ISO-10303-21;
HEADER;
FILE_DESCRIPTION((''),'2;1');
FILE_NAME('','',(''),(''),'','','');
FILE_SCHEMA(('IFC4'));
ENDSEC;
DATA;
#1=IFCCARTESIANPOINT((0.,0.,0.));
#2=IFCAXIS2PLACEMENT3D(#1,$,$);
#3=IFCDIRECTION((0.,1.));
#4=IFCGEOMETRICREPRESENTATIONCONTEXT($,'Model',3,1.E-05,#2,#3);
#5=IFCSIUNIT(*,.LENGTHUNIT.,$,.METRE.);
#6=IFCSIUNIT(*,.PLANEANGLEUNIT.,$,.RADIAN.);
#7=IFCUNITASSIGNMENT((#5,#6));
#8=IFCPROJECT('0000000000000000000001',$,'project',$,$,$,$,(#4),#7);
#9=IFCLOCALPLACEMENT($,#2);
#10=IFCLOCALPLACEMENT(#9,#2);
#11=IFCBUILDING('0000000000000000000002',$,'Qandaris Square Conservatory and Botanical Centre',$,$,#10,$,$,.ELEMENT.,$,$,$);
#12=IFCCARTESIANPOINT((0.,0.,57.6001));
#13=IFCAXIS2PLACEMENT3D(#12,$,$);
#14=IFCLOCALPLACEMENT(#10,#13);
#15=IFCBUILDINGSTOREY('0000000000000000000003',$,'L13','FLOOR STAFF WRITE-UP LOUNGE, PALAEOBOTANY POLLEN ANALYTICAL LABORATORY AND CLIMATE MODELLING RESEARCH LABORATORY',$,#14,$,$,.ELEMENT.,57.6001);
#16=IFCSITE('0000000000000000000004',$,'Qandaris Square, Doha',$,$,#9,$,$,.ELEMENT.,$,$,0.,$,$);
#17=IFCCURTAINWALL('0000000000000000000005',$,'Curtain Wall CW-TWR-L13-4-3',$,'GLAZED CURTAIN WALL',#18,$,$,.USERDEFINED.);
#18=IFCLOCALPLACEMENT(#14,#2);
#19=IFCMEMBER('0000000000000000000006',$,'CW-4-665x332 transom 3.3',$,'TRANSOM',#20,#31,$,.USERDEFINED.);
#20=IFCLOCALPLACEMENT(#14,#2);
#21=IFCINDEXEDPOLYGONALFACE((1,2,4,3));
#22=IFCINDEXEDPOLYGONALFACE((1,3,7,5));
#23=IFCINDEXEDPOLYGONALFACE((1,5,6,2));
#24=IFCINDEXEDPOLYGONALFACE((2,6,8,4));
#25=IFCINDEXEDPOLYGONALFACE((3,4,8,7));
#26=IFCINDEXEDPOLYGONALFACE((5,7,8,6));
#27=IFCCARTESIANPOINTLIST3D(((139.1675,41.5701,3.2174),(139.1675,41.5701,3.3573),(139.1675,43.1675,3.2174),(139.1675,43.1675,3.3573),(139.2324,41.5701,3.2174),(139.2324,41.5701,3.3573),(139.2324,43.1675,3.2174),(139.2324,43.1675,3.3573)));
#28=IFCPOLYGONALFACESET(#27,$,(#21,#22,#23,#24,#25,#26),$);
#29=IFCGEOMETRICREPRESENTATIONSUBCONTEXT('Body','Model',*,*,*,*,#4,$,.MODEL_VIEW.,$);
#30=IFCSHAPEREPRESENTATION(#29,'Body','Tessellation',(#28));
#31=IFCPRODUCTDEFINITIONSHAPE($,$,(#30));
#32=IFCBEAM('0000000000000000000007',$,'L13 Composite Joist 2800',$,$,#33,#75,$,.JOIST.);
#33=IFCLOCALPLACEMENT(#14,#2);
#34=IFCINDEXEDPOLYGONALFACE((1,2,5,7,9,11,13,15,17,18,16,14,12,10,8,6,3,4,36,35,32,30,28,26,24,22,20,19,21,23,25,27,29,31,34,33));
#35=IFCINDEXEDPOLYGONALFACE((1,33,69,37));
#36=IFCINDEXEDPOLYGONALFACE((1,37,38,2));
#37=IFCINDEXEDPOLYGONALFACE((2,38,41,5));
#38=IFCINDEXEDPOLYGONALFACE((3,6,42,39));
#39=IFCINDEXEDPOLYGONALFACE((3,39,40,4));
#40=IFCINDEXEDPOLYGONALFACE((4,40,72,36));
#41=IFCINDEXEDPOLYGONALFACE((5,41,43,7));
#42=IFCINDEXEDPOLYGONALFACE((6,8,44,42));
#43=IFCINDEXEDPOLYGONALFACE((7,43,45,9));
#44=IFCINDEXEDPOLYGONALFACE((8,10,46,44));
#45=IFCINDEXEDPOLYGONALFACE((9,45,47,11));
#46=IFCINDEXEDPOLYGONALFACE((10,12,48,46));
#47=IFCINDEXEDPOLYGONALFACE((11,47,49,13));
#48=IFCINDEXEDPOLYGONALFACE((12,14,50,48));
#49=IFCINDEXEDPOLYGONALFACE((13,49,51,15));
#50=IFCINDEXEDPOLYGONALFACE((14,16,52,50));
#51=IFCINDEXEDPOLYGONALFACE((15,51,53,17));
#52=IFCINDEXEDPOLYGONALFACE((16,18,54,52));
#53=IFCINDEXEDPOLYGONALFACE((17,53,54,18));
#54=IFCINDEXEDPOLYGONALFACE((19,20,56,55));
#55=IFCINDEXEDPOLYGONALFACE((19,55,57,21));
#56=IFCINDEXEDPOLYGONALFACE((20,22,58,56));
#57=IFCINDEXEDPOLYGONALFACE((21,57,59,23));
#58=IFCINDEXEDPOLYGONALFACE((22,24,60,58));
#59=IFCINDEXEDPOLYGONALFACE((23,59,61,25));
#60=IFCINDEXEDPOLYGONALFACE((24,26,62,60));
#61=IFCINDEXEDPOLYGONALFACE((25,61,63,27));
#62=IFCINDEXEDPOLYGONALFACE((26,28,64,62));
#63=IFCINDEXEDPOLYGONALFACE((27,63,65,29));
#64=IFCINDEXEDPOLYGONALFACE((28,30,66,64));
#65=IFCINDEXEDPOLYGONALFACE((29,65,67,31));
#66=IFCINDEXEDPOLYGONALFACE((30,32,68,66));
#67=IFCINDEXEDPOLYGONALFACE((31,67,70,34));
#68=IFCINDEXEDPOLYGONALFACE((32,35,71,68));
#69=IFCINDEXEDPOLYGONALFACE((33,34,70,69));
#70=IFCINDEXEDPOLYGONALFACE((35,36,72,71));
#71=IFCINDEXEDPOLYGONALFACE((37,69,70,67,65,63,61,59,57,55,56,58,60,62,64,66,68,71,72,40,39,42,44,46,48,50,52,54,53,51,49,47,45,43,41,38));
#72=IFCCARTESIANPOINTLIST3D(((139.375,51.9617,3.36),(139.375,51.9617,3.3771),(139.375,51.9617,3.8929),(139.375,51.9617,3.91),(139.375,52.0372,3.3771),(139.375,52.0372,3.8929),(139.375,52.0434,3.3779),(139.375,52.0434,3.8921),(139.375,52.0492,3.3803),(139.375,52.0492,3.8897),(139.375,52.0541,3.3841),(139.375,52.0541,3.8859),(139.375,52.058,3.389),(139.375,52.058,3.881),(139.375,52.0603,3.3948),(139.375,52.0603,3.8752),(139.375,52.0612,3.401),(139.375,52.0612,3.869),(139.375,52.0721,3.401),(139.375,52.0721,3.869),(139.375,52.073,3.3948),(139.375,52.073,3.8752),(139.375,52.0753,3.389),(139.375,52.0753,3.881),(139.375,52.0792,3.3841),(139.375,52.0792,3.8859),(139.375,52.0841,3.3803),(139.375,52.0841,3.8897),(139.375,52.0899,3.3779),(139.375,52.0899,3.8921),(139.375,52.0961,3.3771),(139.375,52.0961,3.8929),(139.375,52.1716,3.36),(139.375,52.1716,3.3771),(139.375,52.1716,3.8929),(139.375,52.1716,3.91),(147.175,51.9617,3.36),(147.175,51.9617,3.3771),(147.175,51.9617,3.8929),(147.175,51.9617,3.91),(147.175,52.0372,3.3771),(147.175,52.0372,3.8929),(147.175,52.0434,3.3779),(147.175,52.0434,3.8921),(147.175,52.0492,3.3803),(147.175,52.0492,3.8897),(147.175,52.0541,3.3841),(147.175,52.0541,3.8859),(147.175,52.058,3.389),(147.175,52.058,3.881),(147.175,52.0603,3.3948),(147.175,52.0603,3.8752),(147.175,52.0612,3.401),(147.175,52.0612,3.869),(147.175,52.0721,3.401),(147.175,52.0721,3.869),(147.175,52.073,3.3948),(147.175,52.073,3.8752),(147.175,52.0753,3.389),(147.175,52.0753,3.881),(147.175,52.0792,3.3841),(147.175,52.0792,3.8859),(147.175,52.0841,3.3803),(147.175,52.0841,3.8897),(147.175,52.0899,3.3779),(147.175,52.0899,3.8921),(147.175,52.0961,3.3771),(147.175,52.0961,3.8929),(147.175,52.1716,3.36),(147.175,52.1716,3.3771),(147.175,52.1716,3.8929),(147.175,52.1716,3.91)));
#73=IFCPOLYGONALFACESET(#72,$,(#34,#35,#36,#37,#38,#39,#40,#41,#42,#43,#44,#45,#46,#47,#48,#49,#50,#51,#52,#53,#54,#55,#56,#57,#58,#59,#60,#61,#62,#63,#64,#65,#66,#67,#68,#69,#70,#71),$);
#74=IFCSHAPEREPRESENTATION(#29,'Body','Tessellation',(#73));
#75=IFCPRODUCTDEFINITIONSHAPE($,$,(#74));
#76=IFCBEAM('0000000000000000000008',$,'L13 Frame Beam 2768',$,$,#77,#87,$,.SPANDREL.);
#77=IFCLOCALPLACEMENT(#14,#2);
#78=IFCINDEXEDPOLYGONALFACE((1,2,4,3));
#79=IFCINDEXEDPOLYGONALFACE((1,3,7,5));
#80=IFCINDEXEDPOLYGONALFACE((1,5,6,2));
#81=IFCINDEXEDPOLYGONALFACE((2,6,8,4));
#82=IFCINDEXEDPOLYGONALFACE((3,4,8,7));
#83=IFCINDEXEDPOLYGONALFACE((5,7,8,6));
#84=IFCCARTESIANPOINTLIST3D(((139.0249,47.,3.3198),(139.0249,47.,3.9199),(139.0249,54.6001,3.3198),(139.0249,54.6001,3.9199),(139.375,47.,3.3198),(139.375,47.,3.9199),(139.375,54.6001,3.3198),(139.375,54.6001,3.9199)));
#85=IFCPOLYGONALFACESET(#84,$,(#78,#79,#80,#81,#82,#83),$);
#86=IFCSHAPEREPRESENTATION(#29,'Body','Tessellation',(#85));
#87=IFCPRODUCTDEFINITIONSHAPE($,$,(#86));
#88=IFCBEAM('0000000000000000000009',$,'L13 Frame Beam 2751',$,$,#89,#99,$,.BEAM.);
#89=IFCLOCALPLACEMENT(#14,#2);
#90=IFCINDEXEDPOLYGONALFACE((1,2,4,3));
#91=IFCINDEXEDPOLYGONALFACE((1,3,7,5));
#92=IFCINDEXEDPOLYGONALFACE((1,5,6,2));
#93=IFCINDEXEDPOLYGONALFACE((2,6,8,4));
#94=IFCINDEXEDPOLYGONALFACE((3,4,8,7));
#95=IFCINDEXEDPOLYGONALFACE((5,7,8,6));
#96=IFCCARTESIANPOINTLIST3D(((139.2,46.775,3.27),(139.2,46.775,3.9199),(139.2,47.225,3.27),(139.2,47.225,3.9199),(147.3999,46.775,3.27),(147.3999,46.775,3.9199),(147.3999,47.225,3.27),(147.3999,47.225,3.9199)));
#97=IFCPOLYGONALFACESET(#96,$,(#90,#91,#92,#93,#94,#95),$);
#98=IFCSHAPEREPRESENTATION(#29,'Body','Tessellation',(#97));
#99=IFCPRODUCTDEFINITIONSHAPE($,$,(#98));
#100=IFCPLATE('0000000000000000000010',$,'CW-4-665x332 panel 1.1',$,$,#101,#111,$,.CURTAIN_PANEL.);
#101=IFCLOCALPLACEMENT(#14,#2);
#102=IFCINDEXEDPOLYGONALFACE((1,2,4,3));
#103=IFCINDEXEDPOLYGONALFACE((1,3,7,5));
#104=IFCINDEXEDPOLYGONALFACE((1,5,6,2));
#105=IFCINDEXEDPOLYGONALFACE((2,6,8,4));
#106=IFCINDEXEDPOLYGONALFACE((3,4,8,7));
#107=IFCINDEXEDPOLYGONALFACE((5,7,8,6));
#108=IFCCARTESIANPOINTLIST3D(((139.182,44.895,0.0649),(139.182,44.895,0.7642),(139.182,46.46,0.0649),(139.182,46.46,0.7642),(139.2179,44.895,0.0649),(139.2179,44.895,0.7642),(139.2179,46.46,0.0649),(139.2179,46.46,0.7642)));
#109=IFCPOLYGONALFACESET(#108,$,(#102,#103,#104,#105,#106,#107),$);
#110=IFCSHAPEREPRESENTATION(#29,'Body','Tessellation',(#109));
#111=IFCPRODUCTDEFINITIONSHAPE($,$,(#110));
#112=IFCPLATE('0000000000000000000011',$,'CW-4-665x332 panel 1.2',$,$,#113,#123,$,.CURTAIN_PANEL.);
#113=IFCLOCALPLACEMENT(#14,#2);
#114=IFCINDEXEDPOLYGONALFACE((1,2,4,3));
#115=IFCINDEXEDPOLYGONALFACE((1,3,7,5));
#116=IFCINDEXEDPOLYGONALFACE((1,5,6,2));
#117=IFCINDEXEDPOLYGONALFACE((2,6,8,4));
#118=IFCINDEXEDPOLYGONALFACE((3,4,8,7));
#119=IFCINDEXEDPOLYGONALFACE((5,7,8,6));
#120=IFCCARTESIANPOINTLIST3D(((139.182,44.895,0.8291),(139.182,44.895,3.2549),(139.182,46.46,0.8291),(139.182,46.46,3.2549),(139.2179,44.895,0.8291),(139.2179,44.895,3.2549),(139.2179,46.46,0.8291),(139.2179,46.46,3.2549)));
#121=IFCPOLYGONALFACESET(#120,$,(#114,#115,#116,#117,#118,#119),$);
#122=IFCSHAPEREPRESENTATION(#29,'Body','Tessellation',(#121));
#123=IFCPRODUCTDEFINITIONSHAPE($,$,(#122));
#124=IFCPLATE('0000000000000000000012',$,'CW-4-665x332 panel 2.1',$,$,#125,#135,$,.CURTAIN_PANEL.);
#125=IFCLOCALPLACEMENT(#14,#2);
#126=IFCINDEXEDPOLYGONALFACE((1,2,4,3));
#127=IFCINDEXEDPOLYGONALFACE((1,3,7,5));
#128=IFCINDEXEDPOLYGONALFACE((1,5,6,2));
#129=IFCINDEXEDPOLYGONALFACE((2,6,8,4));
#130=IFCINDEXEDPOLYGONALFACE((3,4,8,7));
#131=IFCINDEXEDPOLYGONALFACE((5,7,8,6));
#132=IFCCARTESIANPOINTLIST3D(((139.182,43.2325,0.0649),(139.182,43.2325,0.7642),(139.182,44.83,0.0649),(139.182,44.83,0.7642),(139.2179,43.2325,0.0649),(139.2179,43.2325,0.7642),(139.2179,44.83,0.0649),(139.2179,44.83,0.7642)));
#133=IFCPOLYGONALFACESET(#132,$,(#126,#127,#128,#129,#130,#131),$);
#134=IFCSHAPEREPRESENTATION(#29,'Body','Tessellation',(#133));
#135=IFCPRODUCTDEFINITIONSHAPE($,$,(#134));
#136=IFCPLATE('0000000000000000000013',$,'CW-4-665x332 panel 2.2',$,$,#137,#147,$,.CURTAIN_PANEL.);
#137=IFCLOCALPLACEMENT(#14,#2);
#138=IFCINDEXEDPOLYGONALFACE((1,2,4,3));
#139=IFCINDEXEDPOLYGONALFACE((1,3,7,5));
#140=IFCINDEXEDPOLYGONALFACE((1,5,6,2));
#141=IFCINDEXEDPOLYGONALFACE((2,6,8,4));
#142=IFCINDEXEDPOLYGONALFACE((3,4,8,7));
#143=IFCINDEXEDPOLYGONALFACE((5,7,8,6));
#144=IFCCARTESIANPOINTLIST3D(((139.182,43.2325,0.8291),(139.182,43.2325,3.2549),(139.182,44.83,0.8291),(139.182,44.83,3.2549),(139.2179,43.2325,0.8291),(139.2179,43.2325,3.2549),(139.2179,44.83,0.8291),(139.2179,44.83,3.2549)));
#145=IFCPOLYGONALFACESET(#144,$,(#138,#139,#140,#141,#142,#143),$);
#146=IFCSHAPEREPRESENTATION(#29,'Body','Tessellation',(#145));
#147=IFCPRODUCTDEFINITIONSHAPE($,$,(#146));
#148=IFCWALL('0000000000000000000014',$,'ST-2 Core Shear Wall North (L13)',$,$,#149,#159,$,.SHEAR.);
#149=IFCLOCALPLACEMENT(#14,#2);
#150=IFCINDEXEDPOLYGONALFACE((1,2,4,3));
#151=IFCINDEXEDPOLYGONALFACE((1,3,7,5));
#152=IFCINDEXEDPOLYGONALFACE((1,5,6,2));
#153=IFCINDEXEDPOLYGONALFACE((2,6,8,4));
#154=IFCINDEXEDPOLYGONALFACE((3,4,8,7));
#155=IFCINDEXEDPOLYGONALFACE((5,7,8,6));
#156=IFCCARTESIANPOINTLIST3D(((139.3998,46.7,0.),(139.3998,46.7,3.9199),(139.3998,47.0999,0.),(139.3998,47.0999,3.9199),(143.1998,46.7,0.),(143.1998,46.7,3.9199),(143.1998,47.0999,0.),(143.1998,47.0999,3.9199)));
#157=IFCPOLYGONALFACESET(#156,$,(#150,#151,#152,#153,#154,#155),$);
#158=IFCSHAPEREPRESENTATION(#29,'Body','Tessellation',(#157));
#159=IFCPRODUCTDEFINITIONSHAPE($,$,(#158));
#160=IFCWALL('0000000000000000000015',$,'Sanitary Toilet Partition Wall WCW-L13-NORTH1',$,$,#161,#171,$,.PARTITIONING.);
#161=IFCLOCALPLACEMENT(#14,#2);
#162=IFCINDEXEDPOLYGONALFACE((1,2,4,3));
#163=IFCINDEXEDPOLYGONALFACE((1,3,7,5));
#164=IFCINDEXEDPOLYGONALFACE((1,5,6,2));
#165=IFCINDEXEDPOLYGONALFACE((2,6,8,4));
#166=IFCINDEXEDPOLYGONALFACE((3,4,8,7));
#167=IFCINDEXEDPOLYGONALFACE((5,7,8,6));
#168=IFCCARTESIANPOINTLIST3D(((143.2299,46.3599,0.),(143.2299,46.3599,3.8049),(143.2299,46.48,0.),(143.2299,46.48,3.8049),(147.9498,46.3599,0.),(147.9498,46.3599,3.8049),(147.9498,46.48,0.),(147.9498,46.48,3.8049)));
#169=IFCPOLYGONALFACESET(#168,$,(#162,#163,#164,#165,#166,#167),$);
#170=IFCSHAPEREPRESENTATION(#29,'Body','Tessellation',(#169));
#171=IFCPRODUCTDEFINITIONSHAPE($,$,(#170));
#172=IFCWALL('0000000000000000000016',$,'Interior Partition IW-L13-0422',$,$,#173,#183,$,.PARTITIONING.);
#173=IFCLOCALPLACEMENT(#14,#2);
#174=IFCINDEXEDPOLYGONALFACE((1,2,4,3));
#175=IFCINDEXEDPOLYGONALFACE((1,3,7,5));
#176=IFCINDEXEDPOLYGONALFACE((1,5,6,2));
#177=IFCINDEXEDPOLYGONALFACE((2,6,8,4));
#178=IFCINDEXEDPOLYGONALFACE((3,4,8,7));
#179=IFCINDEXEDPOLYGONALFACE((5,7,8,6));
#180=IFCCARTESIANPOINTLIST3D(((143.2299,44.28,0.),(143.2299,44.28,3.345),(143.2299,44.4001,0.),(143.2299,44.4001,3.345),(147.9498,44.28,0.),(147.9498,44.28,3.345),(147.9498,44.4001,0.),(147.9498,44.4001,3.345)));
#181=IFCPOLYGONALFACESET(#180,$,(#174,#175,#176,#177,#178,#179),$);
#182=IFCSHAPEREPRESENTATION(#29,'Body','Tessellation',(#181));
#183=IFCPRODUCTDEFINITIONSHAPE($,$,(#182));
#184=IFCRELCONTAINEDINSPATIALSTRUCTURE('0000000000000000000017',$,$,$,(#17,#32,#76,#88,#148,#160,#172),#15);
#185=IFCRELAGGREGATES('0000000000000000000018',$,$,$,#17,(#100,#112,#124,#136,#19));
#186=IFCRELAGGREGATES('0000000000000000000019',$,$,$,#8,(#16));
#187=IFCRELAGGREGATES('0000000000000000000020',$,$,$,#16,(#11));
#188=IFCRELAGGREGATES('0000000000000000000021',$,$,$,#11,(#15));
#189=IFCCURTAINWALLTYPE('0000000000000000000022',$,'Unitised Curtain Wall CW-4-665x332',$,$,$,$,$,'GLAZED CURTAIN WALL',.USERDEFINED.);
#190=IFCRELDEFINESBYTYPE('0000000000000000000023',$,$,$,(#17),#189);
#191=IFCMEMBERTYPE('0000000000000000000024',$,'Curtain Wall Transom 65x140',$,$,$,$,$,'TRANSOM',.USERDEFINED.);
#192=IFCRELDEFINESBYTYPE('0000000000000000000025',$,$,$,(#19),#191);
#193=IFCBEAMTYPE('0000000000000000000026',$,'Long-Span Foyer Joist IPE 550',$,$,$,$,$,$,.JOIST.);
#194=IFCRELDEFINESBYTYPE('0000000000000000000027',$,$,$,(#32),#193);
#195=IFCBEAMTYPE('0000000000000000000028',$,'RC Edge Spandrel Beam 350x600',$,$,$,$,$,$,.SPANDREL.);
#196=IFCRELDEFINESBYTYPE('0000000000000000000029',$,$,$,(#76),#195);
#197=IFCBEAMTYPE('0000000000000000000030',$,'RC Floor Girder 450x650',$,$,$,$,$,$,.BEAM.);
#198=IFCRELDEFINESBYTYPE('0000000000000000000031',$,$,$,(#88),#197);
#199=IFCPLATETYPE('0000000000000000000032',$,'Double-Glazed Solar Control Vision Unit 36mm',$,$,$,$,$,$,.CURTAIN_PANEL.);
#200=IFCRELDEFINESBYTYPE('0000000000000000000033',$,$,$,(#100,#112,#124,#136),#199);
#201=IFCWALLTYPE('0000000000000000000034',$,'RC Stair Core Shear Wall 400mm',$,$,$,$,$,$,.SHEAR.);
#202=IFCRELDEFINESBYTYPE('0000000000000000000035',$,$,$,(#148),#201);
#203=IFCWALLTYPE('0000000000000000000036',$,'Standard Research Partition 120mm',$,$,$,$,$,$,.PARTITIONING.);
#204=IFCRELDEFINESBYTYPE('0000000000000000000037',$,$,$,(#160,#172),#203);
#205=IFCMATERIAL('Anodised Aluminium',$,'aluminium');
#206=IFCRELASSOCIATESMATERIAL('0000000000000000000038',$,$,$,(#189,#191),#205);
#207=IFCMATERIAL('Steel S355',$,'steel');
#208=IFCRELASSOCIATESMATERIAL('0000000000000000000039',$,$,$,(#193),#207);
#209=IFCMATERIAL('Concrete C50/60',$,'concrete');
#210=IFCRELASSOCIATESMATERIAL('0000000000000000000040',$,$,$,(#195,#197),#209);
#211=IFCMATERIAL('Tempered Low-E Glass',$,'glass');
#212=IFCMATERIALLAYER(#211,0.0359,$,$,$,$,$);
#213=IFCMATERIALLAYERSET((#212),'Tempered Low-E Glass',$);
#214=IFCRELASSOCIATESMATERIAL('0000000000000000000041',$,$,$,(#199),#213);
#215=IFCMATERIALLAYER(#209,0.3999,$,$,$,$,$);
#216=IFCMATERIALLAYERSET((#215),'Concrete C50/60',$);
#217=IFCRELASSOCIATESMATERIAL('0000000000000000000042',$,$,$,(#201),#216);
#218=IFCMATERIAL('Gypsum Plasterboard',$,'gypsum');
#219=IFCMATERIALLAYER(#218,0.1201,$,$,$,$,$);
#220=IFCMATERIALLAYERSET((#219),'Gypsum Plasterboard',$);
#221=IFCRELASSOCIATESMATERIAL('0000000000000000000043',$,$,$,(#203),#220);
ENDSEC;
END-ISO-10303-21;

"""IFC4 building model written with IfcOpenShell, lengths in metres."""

from ifc_helpers import new_model, si_unit, direction, frame, frame_2d, origin, origin_2d, place, context, subcontext, project, spatial, rectangle, i_section, extrude, material, layer, layer_set, material_profile, profile_set, type_object, element, aggregate, save


model = new_model("IFC4")

# Units and contexts
model_context = context("Model", 3, precision=1e-05, world=origin(), true_north=direction((0.0, 1.0)))
body_context = subcontext(model_context, "Body", "Model", "MODEL_VIEW")
ifc_project = project(units=[si_unit("LENGTHUNIT", "METRE"), si_unit("PLANEANGLEUNIT", "RADIAN")], contexts=[model_context])

# Site, building, storey
site_placement = place(None, origin())
site = spatial("IfcSite", under=ifc_project, at=site_placement, Name="Qandaris Square, Doha", CompositionType="ELEMENT", RefElevation=0.0)
building_placement = place(site_placement, origin())
building = spatial("IfcBuilding", under=site, at=building_placement, Name="Qandaris Square Conservatory and Botanical Centre", CompositionType="ELEMENT")
storey_placement = place(building_placement, frame((0.0, 0.0, 57.6001)))
storey = spatial("IfcBuildingStorey", under=building, at=storey_placement, Name="L13", Description="FLOOR STAFF WRITE-UP LOUNGE, PALAEOBOTANY POLLEN ANALYTICAL LABORATORY AND CLIMATE MODELLING RESEARCH LABORATORY", CompositionType="ELEMENT", Elevation=57.6001)

# Shared definitions
ifc_material_1 = material(Name="Steel S355", Category="steel")

# Curtain wall, member
ifc_material_2 = material(Name="Anodised Aluminium", Category="aluminium")
curtain_wall_type = type_object("IfcCurtainWallType", Name="Unitised Curtain Wall CW-4-665x332", ElementType="GLAZED CURTAIN WALL", PredefinedType="USERDEFINED", material=ifc_material_2)
curtain_wall_placement = place(storey_placement, origin())
curtain_wall = element("IfcCurtainWall", 1, at=curtain_wall_placement, inside=storey, type_object=curtain_wall_type, Name="Curtain Wall CW-TWR-L13-4-3", ObjectType="GLAZED CURTAIN WALL", PredefinedType="USERDEFINED")
ifc_material_profile_1 = material_profile(ifc_material_2, rectangle(XDim=0.0649, YDim=0.1399, at=origin_2d()), Name="ALU-TRN 65x140")
ifc_profile_set_1 = profile_set([ifc_material_profile_1], Name="Anodised Aluminium")
member_type_1 = type_object("IfcMemberType", Name="Curtain Wall Transom 65x140", ElementType="TRANSOM", PredefinedType="USERDEFINED", material=ifc_profile_set_1)
member_1_placement = place(storey_placement, frame((139.2, 43.1675, 3.2874), z_axis=(0.0, -1.0, 0.0), x_axis=(1.0, 0.0, 0.0)))
member_1 = element("IfcMember", 2, at=member_1_placement, type_object=member_type_1, Name="CW-4-665x332 transom 3.3", ObjectType="TRANSOM", PredefinedType="USERDEFINED", context=body_context, shape_type="SweptSolid", body=[
    extrude(rectangle(XDim=0.0649, YDim=0.1399, at=origin_2d()), origin(), (0.0, 0.0, 1.0), 1.5974),
])

# Beams
ifc_material_profile_2 = material_profile(ifc_material_1, i_section(OverallWidth=0.21, OverallDepth=0.55, WebThickness=0.011, FlangeThickness=0.0171, FilletRadius=0.0239, at=origin_2d()), Name="IPE 550")
ifc_profile_set_2 = profile_set([ifc_material_profile_2], Name="Steel S355")
beam_type_1 = type_object("IfcBeamType", Name="Long-Span Foyer Joist IPE 550", PredefinedType="JOIST", material=ifc_profile_set_2)
beam_1_placement = place(storey_placement, frame((139.375, 52.0667, 3.635), z_axis=(1.0, 0.0, 0.0), x_axis=(0.0, 1.0, 0.0)))
element("IfcBeam", 3, at=beam_1_placement, inside=storey, type_object=beam_type_1, Name="L13 Composite Joist 2800", PredefinedType="JOIST", context=body_context, shape_type="SweptSolid", body=[
    extrude(i_section(OverallWidth=0.21, OverallDepth=0.55, WebThickness=0.011, FlangeThickness=0.0171, FilletRadius=0.0239, at=origin_2d()), origin(), (0.0, 0.0, 1.0), 7.8),
])
ifc_material_3 = material(Name="Concrete C50/60", Category="concrete")
ifc_material_profile_3 = material_profile(ifc_material_3, rectangle(XDim=0.3501, YDim=0.6001, at=origin_2d()), Name="RC-SP 350x600")
ifc_profile_set_3 = profile_set([ifc_material_profile_3], Name="Concrete C50/60")
beam_type_2 = type_object("IfcBeamType", Name="RC Edge Spandrel Beam 350x600", PredefinedType="SPANDREL", material=ifc_profile_set_3)
beam_2_placement = place(storey_placement, frame((139.2, 47.0, 3.6199), z_axis=(0.0, 1.0, 0.0), x_axis=(-1.0, 0.0, 0.0)))
element("IfcBeam", 4, at=beam_2_placement, inside=storey, type_object=beam_type_2, Name="L13 Frame Beam 2768", PredefinedType="SPANDREL", context=body_context, shape_type="SweptSolid", body=[
    extrude(rectangle(XDim=0.3501, YDim=0.6001, at=origin_2d()), origin(), (0.0, 0.0, 1.0), 7.6001),
])
ifc_material_profile_4 = material_profile(ifc_material_3, rectangle(XDim=0.45, YDim=0.6499, at=origin_2d()), Name="RC-BM 450x650")
ifc_profile_set_4 = profile_set([ifc_material_profile_4], Name="Concrete C50/60")
beam_type_3 = type_object("IfcBeamType", Name="RC Floor Girder 450x650", PredefinedType="BEAM", material=ifc_profile_set_4)
beam_3_placement = place(storey_placement, frame((139.2, 47.0, 3.595), z_axis=(1.0, 0.0, 0.0), x_axis=(0.0, 1.0, 0.0)))
element("IfcBeam", 5, at=beam_3_placement, inside=storey, type_object=beam_type_3, Name="L13 Frame Beam 2751", PredefinedType="BEAM", context=body_context, shape_type="SweptSolid", body=[
    extrude(rectangle(XDim=0.45, YDim=0.6499, at=origin_2d()), origin(), (0.0, 0.0, 1.0), 8.2),
])

# Plates
ifc_material_4 = material(Name="Tempered Low-E Glass", Category="glass")
ifc_layer_1 = layer(ifc_material_4, 0.0359)
ifc_layer_set_1 = layer_set([ifc_layer_1], Name="Tempered Low-E Glass")
plate_type = type_object("IfcPlateType", Name="Double-Glazed Solar Control Vision Unit 36mm", PredefinedType="CURTAIN_PANEL", material=ifc_layer_set_1)
plate_1_placement = place(storey_placement, frame((139.2, 45.6775, 0.0649), z_axis=(0.0, 0.0, 1.0), x_axis=(0.0, -1.0, 0.0)))
plate_1 = element("IfcPlate", 6, at=plate_1_placement, type_object=plate_type, Name="CW-4-665x332 panel 1.1", PredefinedType="CURTAIN_PANEL", context=body_context, shape_type="SweptSolid", body=[
    extrude(rectangle(XDim=1.5649, YDim=0.0359, at=origin_2d()), origin(), (0.0, 0.0, 1.0), 0.6992),
])
plate_2_placement = place(storey_placement, frame((139.2, 45.6775, 0.8291), z_axis=(0.0, 0.0, 1.0), x_axis=(0.0, -1.0, 0.0)))
plate_2 = element("IfcPlate", 7, at=plate_2_placement, type_object=plate_type, Name="CW-4-665x332 panel 1.2", PredefinedType="CURTAIN_PANEL", context=body_context, shape_type="SweptSolid", body=[
    extrude(rectangle(XDim=1.5649, YDim=0.0359, at=origin_2d()), origin(), (0.0, 0.0, 1.0), 2.4258),
])
plate_3_placement = place(storey_placement, frame((139.2, 44.0312, 0.0649), z_axis=(0.0, 0.0, 1.0), x_axis=(0.0, -1.0, 0.0)))
plate_3 = element("IfcPlate", 8, at=plate_3_placement, type_object=plate_type, Name="CW-4-665x332 panel 2.1", PredefinedType="CURTAIN_PANEL", context=body_context, shape_type="SweptSolid", body=[
    extrude(rectangle(XDim=1.5974, YDim=0.0359, at=origin_2d()), origin(), (0.0, 0.0, 1.0), 0.6992),
])
plate_4_placement = place(storey_placement, frame((139.2, 44.0312, 0.8291), z_axis=(0.0, 0.0, 1.0), x_axis=(0.0, -1.0, 0.0)))
plate_4 = element("IfcPlate", 9, at=plate_4_placement, type_object=plate_type, Name="CW-4-665x332 panel 2.2", PredefinedType="CURTAIN_PANEL", context=body_context, shape_type="SweptSolid", body=[
    extrude(rectangle(XDim=1.5974, YDim=0.0359, at=origin_2d()), origin(), (0.0, 0.0, 1.0), 2.4258),
])
aggregate(curtain_wall, [plate_1, plate_2, plate_3, plate_4, member_1])

# Walls
ifc_layer_2 = layer(ifc_material_3, 0.3999)
ifc_layer_set_2 = layer_set([ifc_layer_2], Name="Concrete C50/60")
wall_type_1 = type_object("IfcWallType", Name="RC Stair Core Shear Wall 400mm", PredefinedType="SHEAR", material=ifc_layer_set_2)
wall_1_placement = place(storey_placement, frame((139.3999, 46.8999, 0.0), z_axis=(0.0, 0.0, 1.0), x_axis=(1.0, 0.0, 0.0)))
element("IfcWall", 10, at=wall_1_placement, inside=storey, type_object=wall_type_1, Name="ST-2 Core Shear Wall North (L13)", PredefinedType="SHEAR", context=body_context, shape_type="SweptSolid", body=[
    extrude(rectangle(XDim=3.8, YDim=0.3999, at=frame_2d((1.8999, 0.0))), origin(), (0.0, 0.0, 1.0), 3.9199),
])
ifc_material_5 = material(Name="Gypsum Plasterboard", Category="gypsum")
ifc_layer_3 = layer(ifc_material_5, 0.1201)
ifc_layer_set_3 = layer_set([ifc_layer_3], Name="Gypsum Plasterboard")
wall_type_2 = type_object("IfcWallType", Name="Standard Research Partition 120mm", PredefinedType="PARTITIONING", material=ifc_layer_set_3)
wall_2_placement = place(storey_placement, frame((143.23, 46.4199, 0.0), z_axis=(0.0, 0.0, 1.0), x_axis=(1.0, 0.0, 0.0)))
element("IfcWall", 11, at=wall_2_placement, inside=storey, type_object=wall_type_2, Name="Sanitary Toilet Partition Wall WCW-L13-NORTH1", PredefinedType="PARTITIONING", context=body_context, shape_type="SweptSolid", body=[
    extrude(rectangle(XDim=4.72, YDim=0.1201, at=frame_2d((2.3599, 0.0))), origin(), (0.0, 0.0, 1.0), 3.8049),
])
wall_3_placement = place(storey_placement, frame((143.23, 44.3401, 0.0), z_axis=(0.0, 0.0, 1.0), x_axis=(1.0, 0.0, 0.0)))
element("IfcWall", 12, at=wall_3_placement, inside=storey, type_object=wall_type_2, Name="Interior Partition IW-L13-0422", PredefinedType="PARTITIONING", context=body_context, shape_type="SweptSolid", body=[
    extrude(rectangle(XDim=4.72, YDim=0.1201, at=frame_2d((2.3599, 0.0))), origin(), (0.0, 0.0, 1.0), 3.345),
])

save(model, "model.ifc")
